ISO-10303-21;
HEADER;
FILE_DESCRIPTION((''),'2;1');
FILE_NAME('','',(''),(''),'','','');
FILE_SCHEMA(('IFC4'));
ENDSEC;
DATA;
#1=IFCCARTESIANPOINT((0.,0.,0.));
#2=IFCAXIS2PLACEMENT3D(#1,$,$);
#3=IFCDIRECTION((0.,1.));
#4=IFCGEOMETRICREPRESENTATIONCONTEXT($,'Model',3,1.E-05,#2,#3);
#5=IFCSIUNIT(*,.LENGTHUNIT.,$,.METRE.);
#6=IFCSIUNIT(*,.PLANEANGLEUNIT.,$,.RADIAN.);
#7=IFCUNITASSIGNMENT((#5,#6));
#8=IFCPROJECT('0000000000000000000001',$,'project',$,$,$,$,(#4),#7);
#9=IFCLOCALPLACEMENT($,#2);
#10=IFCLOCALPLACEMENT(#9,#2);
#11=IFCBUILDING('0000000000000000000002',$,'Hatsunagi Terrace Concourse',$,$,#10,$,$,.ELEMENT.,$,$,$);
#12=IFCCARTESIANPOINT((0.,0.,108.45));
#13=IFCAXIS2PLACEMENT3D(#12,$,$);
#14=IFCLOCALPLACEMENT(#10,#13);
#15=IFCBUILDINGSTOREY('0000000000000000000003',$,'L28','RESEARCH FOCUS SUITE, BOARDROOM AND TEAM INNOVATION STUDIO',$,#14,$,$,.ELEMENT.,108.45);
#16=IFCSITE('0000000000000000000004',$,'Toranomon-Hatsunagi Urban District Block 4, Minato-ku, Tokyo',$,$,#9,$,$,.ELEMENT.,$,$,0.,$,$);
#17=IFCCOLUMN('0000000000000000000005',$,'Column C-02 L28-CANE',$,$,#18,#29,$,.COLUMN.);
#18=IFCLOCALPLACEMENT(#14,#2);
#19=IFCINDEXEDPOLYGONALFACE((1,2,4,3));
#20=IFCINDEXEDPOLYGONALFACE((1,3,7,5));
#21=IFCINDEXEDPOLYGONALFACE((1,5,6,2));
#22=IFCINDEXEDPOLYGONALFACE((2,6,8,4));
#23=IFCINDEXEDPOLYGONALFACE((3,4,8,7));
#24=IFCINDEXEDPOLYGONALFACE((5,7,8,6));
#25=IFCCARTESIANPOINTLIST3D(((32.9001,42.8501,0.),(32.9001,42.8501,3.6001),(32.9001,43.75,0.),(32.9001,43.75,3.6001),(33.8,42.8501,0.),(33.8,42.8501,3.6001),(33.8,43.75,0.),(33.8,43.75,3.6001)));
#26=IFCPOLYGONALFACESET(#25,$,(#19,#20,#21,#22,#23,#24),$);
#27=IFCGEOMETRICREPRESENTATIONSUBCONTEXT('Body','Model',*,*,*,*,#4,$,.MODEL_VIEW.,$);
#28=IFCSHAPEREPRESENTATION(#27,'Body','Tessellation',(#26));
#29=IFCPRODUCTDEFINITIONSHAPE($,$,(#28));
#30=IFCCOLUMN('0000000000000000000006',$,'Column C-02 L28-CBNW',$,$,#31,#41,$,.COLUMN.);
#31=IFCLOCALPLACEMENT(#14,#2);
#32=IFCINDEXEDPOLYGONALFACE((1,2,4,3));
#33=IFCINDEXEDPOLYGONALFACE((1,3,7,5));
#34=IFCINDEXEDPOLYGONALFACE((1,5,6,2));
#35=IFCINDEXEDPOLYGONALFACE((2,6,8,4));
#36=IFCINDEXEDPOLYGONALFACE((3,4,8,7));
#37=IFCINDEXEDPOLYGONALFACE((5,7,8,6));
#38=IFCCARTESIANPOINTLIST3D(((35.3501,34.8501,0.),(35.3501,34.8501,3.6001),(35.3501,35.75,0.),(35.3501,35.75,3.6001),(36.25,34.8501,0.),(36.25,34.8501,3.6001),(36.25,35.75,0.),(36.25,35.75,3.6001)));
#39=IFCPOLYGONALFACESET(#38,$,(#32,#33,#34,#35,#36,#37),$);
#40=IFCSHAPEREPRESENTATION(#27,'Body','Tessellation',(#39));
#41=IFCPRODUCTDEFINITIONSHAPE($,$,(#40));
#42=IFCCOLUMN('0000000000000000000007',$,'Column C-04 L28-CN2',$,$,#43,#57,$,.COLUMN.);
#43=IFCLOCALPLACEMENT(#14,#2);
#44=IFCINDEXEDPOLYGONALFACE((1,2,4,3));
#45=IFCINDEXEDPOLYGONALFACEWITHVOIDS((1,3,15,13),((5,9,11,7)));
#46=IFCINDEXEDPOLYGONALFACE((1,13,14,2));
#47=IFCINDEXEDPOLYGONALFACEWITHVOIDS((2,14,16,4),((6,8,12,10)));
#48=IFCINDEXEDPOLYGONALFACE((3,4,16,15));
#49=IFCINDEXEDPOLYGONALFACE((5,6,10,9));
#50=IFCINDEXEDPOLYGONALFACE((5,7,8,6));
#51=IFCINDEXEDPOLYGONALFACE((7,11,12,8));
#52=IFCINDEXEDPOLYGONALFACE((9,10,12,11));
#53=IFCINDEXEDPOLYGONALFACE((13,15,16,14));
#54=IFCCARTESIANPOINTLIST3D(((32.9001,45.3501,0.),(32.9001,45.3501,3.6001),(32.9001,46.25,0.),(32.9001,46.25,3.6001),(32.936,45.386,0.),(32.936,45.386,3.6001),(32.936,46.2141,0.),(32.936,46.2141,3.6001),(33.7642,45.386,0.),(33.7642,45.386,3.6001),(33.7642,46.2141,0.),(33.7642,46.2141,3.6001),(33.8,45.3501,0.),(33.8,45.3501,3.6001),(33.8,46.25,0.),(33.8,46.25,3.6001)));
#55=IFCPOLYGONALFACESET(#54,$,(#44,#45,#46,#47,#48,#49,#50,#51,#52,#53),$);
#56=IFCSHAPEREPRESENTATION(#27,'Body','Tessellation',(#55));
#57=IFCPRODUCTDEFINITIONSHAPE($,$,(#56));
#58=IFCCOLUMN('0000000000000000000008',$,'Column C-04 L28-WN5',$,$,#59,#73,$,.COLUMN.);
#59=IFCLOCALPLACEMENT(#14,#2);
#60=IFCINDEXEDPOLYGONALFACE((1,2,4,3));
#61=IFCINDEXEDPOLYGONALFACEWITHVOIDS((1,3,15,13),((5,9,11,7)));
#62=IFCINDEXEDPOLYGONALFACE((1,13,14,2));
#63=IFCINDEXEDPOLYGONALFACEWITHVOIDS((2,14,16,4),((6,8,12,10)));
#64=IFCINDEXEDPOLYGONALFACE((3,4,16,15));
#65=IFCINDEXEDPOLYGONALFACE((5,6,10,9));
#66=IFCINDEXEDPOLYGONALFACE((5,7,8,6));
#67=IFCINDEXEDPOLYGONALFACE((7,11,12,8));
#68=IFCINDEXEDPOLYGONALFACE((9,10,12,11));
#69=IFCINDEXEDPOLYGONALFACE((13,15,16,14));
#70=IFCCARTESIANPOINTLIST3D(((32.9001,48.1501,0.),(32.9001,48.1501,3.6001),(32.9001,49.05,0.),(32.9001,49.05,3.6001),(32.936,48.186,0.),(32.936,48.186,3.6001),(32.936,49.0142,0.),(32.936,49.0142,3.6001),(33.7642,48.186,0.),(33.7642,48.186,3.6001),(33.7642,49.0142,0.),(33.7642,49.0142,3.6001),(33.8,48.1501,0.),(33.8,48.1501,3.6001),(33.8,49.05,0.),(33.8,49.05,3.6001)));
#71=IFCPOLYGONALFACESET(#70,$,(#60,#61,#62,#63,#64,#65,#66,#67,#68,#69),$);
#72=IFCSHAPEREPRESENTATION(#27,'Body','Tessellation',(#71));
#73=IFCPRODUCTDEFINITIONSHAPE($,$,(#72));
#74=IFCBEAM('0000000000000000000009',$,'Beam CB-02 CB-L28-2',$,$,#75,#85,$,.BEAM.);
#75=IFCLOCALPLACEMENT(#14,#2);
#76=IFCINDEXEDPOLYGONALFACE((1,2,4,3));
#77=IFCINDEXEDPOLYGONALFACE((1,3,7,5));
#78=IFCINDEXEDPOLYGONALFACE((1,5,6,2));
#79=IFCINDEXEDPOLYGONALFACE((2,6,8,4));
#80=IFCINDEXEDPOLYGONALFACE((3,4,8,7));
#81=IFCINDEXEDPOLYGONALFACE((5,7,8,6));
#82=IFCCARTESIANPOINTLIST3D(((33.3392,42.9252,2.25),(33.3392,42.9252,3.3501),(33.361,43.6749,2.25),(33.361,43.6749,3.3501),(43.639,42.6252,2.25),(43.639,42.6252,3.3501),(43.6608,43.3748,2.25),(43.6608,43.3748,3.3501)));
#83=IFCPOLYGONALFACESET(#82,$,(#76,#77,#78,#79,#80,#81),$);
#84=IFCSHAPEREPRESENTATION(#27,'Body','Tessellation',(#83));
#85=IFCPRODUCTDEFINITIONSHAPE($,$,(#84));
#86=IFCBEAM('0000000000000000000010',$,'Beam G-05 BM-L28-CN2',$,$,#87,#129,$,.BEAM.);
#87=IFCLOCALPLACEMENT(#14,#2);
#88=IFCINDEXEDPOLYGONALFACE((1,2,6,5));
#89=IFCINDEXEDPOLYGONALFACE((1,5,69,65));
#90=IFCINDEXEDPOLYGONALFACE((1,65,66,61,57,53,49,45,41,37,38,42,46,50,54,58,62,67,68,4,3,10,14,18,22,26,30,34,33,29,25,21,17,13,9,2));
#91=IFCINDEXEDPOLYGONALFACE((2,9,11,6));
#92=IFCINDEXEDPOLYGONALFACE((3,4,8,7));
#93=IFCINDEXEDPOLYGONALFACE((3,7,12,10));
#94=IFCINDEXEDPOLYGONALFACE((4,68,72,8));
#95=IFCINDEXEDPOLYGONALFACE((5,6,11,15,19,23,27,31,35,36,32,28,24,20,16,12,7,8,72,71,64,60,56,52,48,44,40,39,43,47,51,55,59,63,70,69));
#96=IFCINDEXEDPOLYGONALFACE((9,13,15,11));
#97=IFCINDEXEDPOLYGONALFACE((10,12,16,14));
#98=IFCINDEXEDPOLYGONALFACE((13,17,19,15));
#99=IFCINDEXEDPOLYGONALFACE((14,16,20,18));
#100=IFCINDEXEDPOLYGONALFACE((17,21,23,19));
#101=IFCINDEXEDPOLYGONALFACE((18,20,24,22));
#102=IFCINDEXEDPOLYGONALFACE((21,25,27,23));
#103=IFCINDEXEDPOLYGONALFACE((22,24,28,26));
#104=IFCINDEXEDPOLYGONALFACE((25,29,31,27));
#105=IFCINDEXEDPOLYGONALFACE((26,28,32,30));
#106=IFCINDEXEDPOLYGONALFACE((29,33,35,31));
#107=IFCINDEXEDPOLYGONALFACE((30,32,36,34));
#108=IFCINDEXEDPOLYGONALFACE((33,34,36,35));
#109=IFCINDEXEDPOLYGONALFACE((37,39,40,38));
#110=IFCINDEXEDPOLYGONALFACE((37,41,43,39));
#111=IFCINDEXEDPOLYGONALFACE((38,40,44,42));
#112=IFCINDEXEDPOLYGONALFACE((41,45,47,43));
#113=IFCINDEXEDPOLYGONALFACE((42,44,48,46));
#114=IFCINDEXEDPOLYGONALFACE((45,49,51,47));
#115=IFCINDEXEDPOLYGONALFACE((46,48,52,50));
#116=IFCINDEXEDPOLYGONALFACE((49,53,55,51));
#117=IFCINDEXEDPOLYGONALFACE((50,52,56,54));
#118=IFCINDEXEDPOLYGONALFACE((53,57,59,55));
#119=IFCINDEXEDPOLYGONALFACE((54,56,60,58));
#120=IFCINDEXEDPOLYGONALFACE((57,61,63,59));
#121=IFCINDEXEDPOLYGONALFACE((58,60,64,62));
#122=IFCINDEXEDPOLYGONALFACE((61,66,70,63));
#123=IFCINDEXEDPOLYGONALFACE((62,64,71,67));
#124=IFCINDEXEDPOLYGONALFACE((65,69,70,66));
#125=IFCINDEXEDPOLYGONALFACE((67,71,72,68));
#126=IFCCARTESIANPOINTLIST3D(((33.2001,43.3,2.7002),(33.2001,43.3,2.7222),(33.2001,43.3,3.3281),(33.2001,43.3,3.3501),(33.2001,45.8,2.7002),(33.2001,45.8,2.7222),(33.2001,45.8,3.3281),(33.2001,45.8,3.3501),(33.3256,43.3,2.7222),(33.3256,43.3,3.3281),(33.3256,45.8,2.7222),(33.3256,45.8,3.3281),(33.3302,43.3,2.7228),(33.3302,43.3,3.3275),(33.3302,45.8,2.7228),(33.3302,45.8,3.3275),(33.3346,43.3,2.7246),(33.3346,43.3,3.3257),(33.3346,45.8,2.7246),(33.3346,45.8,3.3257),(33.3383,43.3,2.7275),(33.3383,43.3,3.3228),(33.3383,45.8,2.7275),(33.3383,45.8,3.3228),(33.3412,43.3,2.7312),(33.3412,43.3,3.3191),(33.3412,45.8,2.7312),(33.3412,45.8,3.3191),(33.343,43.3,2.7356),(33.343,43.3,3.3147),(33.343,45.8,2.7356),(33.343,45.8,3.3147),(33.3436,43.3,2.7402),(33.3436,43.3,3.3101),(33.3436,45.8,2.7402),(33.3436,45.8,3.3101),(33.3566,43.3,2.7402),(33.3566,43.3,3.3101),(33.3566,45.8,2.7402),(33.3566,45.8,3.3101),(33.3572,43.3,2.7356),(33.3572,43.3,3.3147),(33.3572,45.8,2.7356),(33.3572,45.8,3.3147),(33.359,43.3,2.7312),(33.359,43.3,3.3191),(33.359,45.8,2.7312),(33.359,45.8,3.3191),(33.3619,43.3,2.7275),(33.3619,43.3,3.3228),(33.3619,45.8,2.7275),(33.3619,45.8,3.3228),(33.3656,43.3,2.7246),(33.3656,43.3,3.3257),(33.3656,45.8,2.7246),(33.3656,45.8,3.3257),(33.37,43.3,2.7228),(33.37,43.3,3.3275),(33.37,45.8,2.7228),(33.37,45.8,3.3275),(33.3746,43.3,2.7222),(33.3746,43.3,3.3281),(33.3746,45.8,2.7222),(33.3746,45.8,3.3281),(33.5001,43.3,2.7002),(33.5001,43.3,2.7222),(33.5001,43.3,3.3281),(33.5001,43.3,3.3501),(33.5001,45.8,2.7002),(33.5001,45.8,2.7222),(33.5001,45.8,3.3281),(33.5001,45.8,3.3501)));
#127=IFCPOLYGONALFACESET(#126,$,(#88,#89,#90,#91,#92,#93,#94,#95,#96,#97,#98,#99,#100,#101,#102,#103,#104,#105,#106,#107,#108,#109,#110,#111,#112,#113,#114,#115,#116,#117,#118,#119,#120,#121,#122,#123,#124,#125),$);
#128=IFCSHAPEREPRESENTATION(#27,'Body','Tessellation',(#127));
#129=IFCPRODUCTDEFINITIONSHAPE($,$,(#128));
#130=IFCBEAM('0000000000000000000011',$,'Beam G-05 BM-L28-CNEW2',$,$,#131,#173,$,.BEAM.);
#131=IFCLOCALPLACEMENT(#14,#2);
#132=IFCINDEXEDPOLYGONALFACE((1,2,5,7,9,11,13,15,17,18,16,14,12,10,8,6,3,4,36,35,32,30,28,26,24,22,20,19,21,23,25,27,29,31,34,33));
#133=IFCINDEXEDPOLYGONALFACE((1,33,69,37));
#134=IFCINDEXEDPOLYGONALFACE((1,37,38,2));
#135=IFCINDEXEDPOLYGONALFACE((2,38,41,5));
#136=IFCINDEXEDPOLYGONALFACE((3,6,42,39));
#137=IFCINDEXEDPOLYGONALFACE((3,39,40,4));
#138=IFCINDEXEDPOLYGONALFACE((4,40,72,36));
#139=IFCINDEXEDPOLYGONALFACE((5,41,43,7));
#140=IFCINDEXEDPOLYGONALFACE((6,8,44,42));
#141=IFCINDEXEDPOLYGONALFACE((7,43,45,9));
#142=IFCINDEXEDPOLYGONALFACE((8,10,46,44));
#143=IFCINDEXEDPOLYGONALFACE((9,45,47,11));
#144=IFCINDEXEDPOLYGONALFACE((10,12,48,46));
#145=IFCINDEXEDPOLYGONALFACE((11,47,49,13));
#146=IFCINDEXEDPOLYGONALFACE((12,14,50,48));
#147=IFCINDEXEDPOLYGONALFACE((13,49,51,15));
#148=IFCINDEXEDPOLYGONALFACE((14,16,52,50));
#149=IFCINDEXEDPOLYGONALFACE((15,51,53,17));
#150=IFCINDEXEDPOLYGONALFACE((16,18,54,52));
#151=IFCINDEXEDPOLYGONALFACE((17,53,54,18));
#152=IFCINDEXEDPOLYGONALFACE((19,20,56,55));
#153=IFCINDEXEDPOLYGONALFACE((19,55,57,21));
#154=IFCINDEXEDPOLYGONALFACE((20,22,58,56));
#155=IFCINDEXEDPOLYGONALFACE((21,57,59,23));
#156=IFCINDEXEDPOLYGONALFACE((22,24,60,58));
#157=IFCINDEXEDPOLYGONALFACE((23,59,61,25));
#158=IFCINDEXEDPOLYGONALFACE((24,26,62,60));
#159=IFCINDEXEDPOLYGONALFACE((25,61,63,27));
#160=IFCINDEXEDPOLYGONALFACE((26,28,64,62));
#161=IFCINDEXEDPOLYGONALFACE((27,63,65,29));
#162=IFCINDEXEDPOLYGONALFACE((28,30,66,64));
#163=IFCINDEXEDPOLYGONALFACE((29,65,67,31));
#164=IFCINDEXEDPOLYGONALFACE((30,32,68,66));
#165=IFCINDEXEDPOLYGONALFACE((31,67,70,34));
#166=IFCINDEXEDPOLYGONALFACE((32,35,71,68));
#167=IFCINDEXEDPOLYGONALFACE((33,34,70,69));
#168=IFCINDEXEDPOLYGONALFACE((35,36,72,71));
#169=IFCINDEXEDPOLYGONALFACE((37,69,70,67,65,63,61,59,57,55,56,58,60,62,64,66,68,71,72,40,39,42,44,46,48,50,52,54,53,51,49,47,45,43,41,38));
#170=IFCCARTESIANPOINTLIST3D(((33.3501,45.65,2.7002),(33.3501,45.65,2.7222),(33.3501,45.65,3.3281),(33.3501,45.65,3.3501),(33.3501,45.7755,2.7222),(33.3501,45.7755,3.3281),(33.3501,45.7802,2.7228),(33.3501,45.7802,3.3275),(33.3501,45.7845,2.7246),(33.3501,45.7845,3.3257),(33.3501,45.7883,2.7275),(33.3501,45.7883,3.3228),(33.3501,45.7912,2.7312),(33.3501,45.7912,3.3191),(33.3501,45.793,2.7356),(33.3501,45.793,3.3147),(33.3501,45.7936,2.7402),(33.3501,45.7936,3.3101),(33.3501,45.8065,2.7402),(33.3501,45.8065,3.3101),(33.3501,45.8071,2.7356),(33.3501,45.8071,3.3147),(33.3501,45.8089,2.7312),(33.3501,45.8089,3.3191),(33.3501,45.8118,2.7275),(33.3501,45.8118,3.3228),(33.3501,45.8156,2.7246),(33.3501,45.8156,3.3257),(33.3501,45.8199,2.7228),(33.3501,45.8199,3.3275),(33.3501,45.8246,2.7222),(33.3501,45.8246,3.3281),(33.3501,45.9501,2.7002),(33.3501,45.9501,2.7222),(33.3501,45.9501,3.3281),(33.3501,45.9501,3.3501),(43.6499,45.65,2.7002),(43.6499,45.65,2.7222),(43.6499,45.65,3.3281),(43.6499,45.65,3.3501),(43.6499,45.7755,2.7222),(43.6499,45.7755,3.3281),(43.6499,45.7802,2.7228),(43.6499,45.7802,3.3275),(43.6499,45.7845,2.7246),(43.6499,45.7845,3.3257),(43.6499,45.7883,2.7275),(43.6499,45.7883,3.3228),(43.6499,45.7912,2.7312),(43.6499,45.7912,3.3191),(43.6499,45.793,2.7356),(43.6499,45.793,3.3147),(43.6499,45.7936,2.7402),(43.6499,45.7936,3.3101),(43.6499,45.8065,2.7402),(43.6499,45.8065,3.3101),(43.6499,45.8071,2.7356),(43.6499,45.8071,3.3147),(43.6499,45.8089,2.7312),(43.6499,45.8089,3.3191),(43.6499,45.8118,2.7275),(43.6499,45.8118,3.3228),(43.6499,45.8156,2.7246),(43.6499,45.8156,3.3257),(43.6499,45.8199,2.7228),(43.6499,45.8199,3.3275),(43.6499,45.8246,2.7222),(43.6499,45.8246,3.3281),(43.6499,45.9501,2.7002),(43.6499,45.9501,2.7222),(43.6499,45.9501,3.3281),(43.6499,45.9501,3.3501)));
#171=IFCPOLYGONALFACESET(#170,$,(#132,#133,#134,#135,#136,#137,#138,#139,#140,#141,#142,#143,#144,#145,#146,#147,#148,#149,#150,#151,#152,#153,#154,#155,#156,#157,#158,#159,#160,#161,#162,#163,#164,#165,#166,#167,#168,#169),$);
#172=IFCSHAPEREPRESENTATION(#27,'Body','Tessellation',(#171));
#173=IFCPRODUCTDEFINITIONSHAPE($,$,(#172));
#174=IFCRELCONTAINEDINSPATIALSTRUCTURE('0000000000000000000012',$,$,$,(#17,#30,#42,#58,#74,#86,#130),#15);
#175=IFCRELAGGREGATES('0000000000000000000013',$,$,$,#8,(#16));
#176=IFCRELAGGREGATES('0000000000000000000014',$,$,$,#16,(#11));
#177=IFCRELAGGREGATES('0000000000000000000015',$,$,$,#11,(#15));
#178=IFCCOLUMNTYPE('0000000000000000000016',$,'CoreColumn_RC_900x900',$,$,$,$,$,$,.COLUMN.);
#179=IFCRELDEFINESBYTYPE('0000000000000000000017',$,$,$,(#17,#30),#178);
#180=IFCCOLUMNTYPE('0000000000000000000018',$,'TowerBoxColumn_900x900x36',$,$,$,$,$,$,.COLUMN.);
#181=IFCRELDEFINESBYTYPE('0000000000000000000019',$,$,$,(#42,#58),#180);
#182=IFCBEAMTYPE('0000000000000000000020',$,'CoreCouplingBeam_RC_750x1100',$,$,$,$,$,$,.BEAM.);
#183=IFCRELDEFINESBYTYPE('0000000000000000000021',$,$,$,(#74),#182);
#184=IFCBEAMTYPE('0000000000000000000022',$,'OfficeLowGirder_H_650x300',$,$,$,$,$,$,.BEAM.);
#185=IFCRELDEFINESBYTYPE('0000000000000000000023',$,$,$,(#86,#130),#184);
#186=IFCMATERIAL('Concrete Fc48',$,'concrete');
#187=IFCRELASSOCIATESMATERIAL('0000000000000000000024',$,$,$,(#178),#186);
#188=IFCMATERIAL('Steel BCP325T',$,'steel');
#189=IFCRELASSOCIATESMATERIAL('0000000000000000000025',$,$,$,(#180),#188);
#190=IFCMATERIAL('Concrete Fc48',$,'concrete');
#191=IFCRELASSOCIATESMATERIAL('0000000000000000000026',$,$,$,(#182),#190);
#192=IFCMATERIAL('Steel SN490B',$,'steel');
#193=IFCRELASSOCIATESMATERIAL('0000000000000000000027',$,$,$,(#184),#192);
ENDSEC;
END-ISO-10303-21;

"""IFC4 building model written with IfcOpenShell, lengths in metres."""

from ifc_helpers import new_model, si_unit, direction, frame, origin, origin_2d, place, context, subcontext, project, spatial, rectangle, hollow_rectangle, i_section, extrude, material, material_profile, profile_set, type_object, element, save


model = new_model("IFC4")

# Units and contexts
model_context = context("Model", 3, precision=1e-05, world=origin(), true_north=direction((0.0, 1.0)))
body_context = subcontext(model_context, "Body", "Model", "MODEL_VIEW")
ifc_project = project(units=[si_unit("LENGTHUNIT", "METRE"), si_unit("PLANEANGLEUNIT", "RADIAN")], contexts=[model_context])

# Site, building, storey
site_placement = place(None, origin())
site = spatial("IfcSite", under=ifc_project, at=site_placement, Name="Toranomon-Hatsunagi Urban District Block 4, Minato-ku, Tokyo", CompositionType="ELEMENT", RefElevation=0.0)
building_placement = place(site_placement, origin())
building = spatial("IfcBuilding", under=site, at=building_placement, Name="Hatsunagi Terrace Concourse", CompositionType="ELEMENT")
storey_placement = place(building_placement, frame((0.0, 0.0, 108.45)))
storey = spatial("IfcBuildingStorey", under=building, at=storey_placement, Name="L28", Description="RESEARCH FOCUS SUITE, BOARDROOM AND TEAM INNOVATION STUDIO", CompositionType="ELEMENT", Elevation=108.45)

# Columns
ifc_material_1 = material(Name="Concrete Fc48", Category="concrete")
ifc_material_profile_1 = material_profile(ifc_material_1, rectangle(XDim=0.8999, YDim=0.8999, at=origin_2d()), Name="RC-900x900")
ifc_profile_set_1 = profile_set([ifc_material_profile_1], Name="Concrete Fc48")
column_type_1 = type_object("IfcColumnType", Name="CoreColumn_RC_900x900", PredefinedType="COLUMN", material=ifc_profile_set_1)
for number, where, z_axis, x_axis, name in (
    (1, (33.3501, 43.3, 0.0), (0.0, 0.0, 1.0), (1.0, 0.0, 0.0), "Column C-02 L28-CANE"),
    (2, (35.8, 35.3, 0.0), (0.0, 0.0, 1.0), (1.0, 0.0, 0.0), "Column C-02 L28-CBNW"),
):
    element("IfcColumn", number, at=place(storey_placement, frame(where, z_axis=z_axis, x_axis=x_axis)), inside=storey, type_object=column_type_1, Name=name, PredefinedType="COLUMN", context=body_context, shape_type="SweptSolid", body=[
        extrude(rectangle(XDim=0.8999, YDim=0.8999, at=origin_2d()), origin(), (0.0, 0.0, 1.0), 3.6001),
    ])
ifc_material_2 = material(Name="Steel BCP325T", Category="steel")
ifc_material_profile_2 = material_profile(ifc_material_2, hollow_rectangle(XDim=0.8999, YDim=0.8999, WallThickness=0.0359, at=origin_2d()), Name="BCP-900x900x36")
ifc_profile_set_2 = profile_set([ifc_material_profile_2], Name="Steel BCP325T")
column_type_2 = type_object("IfcColumnType", Name="TowerBoxColumn_900x900x36", PredefinedType="COLUMN", material=ifc_profile_set_2)
for number, where, z_axis, x_axis, name in (
    (3, (33.3501, 45.8, 0.0), (0.0, 0.0, 1.0), (1.0, 0.0, 0.0), "Column C-04 L28-CN2"),
    (4, (33.3501, 48.6001, 0.0), (0.0, 0.0, 1.0), (1.0, 0.0, 0.0), "Column C-04 L28-WN5"),
):
    element("IfcColumn", number, at=place(storey_placement, frame(where, z_axis=z_axis, x_axis=x_axis)), inside=storey, type_object=column_type_2, Name=name, PredefinedType="COLUMN", context=body_context, shape_type="SweptSolid", body=[
        extrude(hollow_rectangle(XDim=0.8999, YDim=0.8999, WallThickness=0.0359, at=origin_2d()), origin(), (0.0, 0.0, 1.0), 3.6001),
    ])

# Beams
ifc_material_3 = material(Name="Concrete Fc48", Category="concrete")
ifc_material_profile_3 = material_profile(ifc_material_3, rectangle(XDim=0.75, YDim=1.1001, at=origin_2d()), Name="RC-750x1100")
ifc_profile_set_3 = profile_set([ifc_material_profile_3], Name="Concrete Fc48")
beam_type_1 = type_object("IfcBeamType", Name="CoreCouplingBeam_RC_750x1100", PredefinedType="BEAM", material=ifc_profile_set_3)
beam_1_placement = place(storey_placement, frame((33.3501, 43.3, 2.8), z_axis=(0.999576, -0.029119, 0.0), x_axis=(0.029119, 0.999576, 0.0)))
element("IfcBeam", 5, at=beam_1_placement, inside=storey, type_object=beam_type_1, Name="Beam CB-02 CB-L28-2", PredefinedType="BEAM", context=body_context, shape_type="SweptSolid", body=[
    extrude(rectangle(XDim=0.75, YDim=1.1001, at=origin_2d()), origin(), (0.0, 0.0, 1.0), 10.3042),
])
ifc_material_4 = material(Name="Steel SN490B", Category="steel")
ifc_material_profile_4 = material_profile(ifc_material_4, i_section(OverallWidth=0.3, OverallDepth=0.6499, WebThickness=0.0129, FlangeThickness=0.022, FilletRadius=0.0181, at=origin_2d()), Name="H-650x300x13x22")
ifc_profile_set_4 = profile_set([ifc_material_profile_4], Name="Steel SN490B")
beam_type_2 = type_object("IfcBeamType", Name="OfficeLowGirder_H_650x300", PredefinedType="BEAM", material=ifc_profile_set_4)
beam_2_placement = place(storey_placement, frame((33.3501, 43.3, 3.0251), z_axis=(0.0, 1.0, 0.0), x_axis=(-1.0, 0.0, 0.0)))
element("IfcBeam", 6, at=beam_2_placement, inside=storey, type_object=beam_type_2, Name="Beam G-05 BM-L28-CN2", PredefinedType="BEAM", context=body_context, shape_type="SweptSolid", body=[
    extrude(i_section(OverallWidth=0.3, OverallDepth=0.6499, WebThickness=0.0129, FlangeThickness=0.022, FilletRadius=0.0181, at=origin_2d()), origin(), (0.0, 0.0, 1.0), 2.5),
])
beam_3_placement = place(storey_placement, frame((33.3501, 45.8, 3.0251), z_axis=(1.0, 0.0, 0.0), x_axis=(0.0, 1.0, 0.0)))
element("IfcBeam", 7, at=beam_3_placement, inside=storey, type_object=beam_type_2, Name="Beam G-05 BM-L28-CNEW2", PredefinedType="BEAM", context=body_context, shape_type="SweptSolid", body=[
    extrude(i_section(OverallWidth=0.3, OverallDepth=0.6499, WebThickness=0.0129, FlangeThickness=0.022, FilletRadius=0.0181, at=origin_2d()), origin(), (0.0, 0.0, 1.0), 10.2998),
])

save(model, "model.ifc")
